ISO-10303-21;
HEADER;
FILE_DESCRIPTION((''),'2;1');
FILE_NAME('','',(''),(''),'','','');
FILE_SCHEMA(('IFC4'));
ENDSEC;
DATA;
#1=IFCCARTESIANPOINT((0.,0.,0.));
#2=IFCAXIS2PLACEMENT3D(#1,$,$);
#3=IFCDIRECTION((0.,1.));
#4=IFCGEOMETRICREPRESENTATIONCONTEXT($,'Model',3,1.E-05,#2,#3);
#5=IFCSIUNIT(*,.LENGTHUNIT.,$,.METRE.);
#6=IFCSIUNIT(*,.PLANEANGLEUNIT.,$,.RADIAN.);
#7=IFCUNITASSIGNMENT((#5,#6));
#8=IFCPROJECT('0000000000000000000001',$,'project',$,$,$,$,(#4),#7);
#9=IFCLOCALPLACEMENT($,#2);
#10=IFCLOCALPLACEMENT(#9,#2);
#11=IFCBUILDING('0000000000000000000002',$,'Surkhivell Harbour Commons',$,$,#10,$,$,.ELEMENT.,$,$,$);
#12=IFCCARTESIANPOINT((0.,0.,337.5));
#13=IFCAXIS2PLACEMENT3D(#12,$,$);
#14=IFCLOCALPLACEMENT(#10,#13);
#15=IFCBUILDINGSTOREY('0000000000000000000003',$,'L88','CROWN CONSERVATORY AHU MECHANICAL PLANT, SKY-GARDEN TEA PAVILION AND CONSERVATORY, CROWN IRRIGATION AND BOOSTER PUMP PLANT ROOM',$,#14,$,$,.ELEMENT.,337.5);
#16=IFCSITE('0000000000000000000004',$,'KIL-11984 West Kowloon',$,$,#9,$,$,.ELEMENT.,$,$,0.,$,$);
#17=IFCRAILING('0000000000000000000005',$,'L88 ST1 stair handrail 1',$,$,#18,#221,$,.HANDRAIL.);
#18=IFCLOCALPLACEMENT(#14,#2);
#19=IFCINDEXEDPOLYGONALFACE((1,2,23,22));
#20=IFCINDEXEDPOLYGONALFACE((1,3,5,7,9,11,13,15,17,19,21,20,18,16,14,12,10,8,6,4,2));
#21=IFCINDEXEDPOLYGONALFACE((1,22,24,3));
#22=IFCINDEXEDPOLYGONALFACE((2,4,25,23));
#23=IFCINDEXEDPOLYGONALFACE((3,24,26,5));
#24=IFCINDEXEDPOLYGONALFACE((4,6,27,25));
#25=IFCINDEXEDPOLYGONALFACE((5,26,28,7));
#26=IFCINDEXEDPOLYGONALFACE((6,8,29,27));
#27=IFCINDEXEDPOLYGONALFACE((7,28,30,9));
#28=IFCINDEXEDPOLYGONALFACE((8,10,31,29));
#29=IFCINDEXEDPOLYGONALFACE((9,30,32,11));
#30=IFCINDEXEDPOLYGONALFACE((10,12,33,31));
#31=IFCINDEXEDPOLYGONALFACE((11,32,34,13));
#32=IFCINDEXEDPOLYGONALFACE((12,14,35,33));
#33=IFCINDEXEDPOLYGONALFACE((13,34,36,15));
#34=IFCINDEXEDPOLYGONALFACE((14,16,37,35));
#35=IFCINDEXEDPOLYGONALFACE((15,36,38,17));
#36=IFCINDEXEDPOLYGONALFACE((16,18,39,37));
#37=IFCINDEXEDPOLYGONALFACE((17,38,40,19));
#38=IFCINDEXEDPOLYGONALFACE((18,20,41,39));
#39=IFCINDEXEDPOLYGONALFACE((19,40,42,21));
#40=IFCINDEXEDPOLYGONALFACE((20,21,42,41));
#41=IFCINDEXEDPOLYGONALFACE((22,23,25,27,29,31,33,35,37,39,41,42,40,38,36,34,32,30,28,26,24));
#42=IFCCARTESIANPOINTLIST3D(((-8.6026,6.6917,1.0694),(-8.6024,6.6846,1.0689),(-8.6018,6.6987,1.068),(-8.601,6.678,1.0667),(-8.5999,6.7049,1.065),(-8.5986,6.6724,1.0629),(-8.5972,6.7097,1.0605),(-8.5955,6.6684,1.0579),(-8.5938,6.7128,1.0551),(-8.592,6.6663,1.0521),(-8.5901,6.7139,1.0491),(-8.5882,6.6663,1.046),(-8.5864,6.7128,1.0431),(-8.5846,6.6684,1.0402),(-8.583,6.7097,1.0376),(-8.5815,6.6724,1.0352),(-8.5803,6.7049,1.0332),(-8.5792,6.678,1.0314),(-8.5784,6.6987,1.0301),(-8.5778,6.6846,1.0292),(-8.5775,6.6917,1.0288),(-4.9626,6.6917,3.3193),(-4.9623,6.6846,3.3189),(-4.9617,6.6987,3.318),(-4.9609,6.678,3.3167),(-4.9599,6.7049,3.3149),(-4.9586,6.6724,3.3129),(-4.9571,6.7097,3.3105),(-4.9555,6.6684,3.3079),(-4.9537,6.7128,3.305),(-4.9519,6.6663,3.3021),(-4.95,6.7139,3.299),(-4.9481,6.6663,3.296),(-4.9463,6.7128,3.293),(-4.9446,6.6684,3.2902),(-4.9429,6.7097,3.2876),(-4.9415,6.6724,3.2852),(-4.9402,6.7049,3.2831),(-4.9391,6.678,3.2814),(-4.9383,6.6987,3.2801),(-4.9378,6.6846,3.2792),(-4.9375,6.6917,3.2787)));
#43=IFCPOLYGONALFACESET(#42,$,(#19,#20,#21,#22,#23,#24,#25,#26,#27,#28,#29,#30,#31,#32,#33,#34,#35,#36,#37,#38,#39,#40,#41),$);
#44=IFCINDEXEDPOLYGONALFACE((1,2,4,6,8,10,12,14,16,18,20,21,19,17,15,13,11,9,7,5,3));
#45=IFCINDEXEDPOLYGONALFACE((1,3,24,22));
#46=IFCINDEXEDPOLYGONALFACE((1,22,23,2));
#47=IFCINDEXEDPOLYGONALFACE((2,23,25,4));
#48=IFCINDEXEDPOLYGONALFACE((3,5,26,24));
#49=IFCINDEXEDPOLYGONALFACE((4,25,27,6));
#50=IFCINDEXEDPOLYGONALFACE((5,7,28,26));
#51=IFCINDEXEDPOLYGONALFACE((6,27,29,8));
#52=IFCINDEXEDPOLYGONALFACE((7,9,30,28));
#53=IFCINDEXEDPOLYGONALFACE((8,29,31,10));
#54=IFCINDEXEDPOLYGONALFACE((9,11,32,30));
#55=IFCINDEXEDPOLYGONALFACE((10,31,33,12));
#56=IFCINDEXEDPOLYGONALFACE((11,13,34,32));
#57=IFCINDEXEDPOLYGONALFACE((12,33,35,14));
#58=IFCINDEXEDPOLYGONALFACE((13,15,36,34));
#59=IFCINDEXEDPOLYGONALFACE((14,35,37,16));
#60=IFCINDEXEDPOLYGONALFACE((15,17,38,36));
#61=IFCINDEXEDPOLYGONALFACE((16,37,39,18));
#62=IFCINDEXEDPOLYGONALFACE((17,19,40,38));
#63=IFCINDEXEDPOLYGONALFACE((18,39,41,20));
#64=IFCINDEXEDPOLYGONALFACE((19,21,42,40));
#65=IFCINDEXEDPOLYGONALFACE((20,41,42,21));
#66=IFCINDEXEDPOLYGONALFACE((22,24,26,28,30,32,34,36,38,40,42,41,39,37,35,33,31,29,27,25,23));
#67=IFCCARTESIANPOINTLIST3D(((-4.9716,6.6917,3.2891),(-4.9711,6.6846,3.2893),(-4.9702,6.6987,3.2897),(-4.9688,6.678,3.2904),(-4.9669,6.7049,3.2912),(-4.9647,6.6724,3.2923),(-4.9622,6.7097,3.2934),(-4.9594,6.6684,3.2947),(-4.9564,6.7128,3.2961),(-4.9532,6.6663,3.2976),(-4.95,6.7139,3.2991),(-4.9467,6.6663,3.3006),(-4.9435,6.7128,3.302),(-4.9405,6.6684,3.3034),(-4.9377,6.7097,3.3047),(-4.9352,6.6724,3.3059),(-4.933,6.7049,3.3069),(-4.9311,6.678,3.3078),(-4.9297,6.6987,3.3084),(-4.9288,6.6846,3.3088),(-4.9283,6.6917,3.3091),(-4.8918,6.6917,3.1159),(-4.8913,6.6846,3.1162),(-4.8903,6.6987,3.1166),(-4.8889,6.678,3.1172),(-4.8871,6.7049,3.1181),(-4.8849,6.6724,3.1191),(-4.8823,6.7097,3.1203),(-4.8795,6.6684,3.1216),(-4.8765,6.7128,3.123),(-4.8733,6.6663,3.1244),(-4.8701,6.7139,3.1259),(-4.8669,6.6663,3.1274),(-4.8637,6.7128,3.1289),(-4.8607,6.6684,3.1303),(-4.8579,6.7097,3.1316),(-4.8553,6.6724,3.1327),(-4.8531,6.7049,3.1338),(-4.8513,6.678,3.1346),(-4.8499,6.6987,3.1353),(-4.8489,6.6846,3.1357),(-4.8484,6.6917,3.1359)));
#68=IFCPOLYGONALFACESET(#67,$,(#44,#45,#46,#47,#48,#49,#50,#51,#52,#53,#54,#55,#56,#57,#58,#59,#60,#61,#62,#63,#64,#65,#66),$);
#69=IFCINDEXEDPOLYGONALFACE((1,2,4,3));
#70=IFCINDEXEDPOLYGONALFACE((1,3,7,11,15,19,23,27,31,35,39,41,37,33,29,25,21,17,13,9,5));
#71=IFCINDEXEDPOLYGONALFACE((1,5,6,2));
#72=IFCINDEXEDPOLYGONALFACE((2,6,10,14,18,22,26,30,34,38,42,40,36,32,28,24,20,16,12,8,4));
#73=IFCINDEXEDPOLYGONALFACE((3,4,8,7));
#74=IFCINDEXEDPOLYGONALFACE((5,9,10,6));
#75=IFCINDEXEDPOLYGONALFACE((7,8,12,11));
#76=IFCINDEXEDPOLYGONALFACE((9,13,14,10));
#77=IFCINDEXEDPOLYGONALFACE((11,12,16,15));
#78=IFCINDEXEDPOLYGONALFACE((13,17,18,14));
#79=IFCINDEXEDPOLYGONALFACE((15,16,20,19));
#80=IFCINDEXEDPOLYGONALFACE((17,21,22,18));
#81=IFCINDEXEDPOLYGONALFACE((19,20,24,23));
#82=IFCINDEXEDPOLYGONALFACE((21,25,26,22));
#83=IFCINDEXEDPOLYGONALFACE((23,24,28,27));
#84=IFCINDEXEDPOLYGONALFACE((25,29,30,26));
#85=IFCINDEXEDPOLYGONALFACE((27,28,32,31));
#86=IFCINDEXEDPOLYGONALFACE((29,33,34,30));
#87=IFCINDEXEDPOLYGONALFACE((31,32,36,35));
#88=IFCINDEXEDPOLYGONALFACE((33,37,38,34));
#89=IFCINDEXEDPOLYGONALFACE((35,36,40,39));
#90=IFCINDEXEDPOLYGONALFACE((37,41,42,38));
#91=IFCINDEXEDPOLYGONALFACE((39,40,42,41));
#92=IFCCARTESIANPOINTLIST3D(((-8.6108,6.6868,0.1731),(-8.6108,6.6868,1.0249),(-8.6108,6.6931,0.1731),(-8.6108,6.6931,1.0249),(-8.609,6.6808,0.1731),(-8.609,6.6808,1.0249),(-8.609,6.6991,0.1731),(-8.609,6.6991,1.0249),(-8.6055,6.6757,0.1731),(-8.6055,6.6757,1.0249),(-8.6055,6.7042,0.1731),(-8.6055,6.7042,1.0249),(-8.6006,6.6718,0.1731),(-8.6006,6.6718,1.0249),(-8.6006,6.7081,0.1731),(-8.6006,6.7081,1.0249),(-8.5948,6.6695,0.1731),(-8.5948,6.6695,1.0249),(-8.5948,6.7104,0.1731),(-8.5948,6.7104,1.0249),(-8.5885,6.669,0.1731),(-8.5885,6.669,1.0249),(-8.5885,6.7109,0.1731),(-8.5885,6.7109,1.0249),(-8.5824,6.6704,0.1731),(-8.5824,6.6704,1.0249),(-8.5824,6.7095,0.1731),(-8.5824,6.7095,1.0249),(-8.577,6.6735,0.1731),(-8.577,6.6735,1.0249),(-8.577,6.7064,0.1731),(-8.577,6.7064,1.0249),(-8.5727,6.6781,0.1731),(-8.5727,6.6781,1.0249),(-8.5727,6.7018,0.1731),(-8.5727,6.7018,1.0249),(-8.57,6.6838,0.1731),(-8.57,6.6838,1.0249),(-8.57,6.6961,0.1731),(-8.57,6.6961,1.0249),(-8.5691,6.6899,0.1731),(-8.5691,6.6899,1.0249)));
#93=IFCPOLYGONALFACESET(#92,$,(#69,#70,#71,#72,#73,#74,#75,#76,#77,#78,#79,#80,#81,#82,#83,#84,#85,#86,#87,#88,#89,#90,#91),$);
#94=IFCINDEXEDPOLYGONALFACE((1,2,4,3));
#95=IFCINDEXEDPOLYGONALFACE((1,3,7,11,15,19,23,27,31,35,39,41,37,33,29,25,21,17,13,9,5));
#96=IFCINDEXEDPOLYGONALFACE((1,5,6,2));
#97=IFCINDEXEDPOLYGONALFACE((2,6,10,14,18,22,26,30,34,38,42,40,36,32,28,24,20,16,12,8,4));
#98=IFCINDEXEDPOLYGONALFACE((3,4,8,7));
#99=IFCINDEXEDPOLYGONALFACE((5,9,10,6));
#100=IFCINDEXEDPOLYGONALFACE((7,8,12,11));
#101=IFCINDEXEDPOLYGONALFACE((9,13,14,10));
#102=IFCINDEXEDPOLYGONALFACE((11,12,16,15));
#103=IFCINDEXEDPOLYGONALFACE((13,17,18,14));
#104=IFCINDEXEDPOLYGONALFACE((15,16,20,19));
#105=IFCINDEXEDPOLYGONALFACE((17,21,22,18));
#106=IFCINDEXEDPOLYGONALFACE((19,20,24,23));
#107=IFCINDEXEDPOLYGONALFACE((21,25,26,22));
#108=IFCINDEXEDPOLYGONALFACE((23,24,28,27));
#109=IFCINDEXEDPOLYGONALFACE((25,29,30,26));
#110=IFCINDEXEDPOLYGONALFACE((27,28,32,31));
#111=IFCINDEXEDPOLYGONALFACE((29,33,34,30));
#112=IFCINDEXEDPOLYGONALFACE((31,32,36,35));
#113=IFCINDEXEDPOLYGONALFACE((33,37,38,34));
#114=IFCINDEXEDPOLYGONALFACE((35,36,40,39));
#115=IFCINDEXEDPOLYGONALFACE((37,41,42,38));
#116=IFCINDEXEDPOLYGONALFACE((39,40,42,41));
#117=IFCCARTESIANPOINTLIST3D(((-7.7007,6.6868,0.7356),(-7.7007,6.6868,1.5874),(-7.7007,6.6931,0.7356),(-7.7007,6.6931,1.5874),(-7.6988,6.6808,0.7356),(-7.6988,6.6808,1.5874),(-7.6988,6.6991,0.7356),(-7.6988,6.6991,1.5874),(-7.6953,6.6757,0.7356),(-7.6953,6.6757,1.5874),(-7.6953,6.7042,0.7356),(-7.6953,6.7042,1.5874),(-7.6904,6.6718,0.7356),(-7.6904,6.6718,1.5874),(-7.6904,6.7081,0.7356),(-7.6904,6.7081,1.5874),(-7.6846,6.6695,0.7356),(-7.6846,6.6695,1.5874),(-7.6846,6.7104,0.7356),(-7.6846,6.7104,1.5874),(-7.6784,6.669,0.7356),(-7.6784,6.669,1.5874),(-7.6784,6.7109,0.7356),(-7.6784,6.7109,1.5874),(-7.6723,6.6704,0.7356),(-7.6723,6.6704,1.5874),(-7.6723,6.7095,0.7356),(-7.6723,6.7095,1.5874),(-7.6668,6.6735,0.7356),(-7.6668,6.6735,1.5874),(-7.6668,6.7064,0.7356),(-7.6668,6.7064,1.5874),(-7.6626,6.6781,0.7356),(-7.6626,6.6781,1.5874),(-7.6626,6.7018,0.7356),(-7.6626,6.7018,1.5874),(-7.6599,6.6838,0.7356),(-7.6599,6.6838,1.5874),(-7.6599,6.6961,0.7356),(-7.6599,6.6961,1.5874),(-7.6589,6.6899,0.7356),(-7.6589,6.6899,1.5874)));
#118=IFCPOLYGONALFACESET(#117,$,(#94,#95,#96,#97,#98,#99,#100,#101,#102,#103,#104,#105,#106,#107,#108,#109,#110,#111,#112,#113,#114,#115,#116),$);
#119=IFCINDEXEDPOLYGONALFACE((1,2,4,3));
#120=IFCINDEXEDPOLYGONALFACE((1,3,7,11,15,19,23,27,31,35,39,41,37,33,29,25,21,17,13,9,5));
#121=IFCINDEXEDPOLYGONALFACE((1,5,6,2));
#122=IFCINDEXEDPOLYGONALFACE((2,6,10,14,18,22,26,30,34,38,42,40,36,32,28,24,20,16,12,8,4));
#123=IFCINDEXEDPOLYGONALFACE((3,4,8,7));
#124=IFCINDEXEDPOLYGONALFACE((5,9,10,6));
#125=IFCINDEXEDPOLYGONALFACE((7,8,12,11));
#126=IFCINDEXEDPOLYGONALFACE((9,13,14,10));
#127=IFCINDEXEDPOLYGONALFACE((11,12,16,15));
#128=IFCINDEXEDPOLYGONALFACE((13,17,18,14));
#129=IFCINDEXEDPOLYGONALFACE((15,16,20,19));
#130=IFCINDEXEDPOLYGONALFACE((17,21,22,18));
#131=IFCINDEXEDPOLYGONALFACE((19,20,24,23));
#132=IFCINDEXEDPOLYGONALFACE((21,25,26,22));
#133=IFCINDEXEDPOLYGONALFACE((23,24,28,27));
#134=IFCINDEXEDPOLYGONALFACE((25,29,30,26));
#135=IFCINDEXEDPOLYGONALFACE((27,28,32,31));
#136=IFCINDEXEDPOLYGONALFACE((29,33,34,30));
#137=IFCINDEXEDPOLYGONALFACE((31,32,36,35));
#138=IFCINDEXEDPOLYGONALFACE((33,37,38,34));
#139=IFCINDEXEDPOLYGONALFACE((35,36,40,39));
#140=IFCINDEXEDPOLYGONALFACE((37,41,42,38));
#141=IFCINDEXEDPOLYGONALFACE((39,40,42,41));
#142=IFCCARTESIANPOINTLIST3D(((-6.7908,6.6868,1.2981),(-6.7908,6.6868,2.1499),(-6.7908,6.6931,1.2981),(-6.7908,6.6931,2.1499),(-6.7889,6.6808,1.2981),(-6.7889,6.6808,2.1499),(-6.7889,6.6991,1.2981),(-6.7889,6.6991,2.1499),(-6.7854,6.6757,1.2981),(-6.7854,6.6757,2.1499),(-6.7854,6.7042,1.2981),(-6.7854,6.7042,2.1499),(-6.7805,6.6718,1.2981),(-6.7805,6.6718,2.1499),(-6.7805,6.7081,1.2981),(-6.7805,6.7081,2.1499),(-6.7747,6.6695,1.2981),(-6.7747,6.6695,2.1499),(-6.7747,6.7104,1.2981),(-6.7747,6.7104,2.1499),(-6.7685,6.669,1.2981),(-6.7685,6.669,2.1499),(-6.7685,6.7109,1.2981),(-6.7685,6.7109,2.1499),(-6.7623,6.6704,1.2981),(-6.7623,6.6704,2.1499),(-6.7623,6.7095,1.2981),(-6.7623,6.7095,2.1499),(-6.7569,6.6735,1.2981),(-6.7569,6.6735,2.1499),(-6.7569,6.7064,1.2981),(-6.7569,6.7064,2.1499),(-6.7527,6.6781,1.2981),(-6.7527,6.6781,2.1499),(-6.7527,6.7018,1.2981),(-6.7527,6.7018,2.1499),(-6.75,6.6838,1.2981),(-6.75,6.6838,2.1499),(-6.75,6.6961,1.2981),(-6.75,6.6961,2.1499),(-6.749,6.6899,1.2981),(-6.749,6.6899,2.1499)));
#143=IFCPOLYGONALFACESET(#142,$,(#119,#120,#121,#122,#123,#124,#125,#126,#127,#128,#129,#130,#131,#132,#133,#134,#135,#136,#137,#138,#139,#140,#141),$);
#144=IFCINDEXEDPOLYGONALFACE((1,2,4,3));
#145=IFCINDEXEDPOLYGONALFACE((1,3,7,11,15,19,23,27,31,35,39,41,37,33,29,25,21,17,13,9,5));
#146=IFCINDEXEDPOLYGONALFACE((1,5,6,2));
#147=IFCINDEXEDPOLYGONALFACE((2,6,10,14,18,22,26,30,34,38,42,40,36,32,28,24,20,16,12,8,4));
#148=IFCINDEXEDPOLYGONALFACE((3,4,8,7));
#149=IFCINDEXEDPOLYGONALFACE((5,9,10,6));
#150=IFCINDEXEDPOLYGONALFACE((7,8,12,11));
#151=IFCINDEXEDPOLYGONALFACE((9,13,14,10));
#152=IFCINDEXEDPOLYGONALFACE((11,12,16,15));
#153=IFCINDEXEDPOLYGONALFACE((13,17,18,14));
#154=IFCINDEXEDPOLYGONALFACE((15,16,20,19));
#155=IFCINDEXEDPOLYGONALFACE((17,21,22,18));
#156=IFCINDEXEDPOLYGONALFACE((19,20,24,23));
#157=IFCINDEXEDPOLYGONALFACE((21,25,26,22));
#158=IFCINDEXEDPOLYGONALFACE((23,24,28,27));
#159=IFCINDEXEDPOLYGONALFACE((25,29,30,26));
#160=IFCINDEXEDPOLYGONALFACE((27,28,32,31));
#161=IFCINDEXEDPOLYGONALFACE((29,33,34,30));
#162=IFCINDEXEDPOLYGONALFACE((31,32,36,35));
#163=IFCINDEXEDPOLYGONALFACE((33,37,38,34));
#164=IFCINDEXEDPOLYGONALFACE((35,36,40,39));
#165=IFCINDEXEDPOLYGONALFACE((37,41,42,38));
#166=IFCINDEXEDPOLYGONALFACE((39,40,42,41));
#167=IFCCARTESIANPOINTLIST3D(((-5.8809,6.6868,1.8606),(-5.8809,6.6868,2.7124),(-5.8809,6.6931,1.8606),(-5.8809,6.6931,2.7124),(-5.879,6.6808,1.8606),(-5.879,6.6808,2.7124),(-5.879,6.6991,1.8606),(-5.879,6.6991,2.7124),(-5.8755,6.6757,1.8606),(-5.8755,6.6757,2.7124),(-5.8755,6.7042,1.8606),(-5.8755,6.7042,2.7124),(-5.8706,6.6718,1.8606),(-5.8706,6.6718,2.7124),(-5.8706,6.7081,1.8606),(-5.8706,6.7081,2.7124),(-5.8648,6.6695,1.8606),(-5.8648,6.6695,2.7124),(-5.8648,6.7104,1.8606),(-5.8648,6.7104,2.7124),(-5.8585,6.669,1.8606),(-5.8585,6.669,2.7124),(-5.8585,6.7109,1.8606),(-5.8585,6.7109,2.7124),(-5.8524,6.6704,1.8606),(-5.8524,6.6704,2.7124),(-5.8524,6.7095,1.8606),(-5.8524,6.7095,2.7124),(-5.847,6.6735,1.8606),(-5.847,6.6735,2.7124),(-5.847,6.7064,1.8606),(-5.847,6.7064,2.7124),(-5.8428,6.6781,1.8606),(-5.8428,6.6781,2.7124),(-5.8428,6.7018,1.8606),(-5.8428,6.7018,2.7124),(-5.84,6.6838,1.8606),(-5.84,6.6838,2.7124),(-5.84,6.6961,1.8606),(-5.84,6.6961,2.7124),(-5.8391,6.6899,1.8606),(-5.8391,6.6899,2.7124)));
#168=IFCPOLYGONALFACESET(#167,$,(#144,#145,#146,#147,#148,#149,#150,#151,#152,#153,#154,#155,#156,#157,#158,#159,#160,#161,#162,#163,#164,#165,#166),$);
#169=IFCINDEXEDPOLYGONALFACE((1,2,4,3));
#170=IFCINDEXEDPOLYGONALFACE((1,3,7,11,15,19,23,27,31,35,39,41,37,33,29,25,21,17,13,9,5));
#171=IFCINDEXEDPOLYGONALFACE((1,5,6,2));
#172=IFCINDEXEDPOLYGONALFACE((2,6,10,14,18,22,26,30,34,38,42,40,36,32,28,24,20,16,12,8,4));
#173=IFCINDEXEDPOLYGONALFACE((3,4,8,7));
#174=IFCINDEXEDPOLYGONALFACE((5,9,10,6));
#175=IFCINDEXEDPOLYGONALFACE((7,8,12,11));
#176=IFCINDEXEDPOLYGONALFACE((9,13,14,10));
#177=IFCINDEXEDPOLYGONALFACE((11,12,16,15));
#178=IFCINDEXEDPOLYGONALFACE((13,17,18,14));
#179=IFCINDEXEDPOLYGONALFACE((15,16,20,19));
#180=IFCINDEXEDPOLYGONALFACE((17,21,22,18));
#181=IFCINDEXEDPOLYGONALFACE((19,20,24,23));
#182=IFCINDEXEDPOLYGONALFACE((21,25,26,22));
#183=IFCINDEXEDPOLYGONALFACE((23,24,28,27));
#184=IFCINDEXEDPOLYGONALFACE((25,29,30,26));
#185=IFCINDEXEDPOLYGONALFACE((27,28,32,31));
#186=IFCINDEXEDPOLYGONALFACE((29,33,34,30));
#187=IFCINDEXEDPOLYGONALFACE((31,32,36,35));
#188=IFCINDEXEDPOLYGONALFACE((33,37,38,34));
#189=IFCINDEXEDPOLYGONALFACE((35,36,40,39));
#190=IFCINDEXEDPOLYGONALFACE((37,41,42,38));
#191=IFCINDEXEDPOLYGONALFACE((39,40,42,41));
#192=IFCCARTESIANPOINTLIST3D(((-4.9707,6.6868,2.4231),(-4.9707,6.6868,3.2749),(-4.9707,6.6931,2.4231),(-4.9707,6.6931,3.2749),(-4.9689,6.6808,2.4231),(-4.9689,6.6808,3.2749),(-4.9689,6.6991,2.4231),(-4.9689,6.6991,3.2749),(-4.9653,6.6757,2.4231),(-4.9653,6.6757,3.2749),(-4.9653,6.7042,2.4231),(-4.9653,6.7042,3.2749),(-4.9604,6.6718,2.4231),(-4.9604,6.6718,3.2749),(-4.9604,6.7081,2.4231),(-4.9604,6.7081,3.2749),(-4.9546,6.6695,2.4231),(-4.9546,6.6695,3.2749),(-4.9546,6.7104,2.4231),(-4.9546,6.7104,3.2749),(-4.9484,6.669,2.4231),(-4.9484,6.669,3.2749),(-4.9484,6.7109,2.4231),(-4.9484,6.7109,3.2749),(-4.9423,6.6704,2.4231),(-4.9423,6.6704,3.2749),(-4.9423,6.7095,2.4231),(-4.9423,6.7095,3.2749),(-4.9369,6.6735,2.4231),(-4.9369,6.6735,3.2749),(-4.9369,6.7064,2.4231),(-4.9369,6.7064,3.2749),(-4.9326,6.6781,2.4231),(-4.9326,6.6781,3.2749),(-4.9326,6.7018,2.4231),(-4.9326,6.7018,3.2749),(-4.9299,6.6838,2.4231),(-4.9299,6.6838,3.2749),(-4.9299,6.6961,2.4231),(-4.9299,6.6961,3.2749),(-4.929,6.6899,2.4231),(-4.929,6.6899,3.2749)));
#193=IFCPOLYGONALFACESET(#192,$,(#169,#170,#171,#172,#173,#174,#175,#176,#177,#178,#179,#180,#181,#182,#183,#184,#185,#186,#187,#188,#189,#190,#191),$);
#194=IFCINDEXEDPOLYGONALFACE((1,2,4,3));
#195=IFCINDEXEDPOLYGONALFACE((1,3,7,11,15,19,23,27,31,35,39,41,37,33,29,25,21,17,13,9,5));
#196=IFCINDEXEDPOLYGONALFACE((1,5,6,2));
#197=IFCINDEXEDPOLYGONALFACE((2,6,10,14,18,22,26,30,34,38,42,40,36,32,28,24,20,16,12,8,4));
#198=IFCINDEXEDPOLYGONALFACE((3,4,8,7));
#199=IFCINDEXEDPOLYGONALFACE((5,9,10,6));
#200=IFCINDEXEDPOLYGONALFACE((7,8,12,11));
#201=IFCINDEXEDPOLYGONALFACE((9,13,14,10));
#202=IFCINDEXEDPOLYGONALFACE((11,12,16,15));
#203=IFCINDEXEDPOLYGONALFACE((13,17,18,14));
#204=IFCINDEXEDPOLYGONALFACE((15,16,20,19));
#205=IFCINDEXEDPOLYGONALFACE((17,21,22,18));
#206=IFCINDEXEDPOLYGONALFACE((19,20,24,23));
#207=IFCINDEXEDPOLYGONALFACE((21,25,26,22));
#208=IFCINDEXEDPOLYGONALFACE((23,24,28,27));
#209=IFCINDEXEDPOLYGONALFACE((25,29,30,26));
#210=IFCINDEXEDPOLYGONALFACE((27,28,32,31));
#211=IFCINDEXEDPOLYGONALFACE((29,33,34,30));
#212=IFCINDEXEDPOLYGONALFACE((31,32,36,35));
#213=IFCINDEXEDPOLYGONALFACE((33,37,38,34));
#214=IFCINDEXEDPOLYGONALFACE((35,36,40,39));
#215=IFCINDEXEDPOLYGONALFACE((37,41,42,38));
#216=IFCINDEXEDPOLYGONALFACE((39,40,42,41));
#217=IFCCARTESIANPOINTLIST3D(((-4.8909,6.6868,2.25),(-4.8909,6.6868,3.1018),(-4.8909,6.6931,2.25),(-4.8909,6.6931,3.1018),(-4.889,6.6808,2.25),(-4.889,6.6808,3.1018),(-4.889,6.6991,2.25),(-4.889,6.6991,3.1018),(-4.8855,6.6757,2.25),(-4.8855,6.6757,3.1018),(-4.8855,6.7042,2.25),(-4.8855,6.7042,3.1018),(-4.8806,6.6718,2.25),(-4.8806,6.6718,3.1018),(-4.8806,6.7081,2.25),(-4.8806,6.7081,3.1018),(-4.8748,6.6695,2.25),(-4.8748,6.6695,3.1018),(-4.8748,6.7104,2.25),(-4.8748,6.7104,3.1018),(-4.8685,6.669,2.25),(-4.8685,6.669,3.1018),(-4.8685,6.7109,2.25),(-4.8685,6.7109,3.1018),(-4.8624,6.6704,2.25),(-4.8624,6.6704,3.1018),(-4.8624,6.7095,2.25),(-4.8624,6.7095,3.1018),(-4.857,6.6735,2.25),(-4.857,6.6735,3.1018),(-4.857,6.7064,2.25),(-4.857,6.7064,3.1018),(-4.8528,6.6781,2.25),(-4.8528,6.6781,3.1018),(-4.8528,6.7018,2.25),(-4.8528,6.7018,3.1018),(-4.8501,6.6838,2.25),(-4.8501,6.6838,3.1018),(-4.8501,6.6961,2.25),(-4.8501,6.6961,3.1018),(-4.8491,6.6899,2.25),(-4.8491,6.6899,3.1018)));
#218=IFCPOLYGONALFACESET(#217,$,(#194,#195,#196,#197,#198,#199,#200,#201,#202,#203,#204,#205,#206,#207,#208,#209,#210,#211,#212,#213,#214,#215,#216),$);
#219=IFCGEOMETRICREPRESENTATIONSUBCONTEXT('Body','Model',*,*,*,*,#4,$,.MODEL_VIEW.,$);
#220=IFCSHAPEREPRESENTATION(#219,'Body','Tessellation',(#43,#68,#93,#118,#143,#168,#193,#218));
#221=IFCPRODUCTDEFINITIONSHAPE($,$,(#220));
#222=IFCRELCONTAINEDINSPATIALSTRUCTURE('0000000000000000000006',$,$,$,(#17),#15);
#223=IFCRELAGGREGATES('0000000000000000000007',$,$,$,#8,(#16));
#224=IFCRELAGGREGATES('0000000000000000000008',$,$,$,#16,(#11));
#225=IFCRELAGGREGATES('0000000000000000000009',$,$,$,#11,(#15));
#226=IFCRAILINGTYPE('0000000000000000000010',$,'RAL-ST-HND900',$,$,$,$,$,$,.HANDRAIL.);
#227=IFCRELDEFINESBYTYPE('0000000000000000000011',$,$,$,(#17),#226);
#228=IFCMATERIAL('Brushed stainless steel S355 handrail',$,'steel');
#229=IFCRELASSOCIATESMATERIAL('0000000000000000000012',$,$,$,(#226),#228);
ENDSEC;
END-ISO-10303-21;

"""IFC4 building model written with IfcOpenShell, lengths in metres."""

from ifc_helpers import new_model, si_unit, direction, frame, origin, origin_2d, place, context, subcontext, project, spatial, circle, extrude, material, type_object, element, save


model = new_model("IFC4")

# Units and contexts
model_context = context("Model", 3, precision=1e-05, world=origin(), true_north=direction((0.0, 1.0)))
body_context = subcontext(model_context, "Body", "Model", "MODEL_VIEW")
ifc_project = project(units=[si_unit("LENGTHUNIT", "METRE"), si_unit("PLANEANGLEUNIT", "RADIAN")], contexts=[model_context])

# Site, building, storey
site_placement = place(None, origin())
site = spatial("IfcSite", under=ifc_project, at=site_placement, Name="KIL-11984 West Kowloon", CompositionType="ELEMENT", RefElevation=0.0)
building_placement = place(site_placement, origin())
building = spatial("IfcBuilding", under=site, at=building_placement, Name="Surkhivell Harbour Commons", CompositionType="ELEMENT")
storey_placement = place(building_placement, frame((0.0, 0.0, 337.5)))
storey = spatial("IfcBuildingStorey", under=building, at=storey_placement, Name="L88", Description="CROWN CONSERVATORY AHU MECHANICAL PLANT, SKY-GARDEN TEA PAVILION AND CONSERVATORY, CROWN IRRIGATION AND BOOSTER PUMP PLANT ROOM", CompositionType="ELEMENT", Elevation=337.5)

# Railing
ifc_material_1 = material(Name="Brushed stainless steel S355 handrail", Category="steel")
railing_type_1 = type_object("IfcRailingType", Name="RAL-ST-HND900", PredefinedType="HANDRAIL", material=ifc_material_1)
railing_1_placement = place(storey_placement, frame((-8.5901, 6.6899, 0.1731)))
element("IfcRailing", 1, at=railing_1_placement, inside=storey, type_object=railing_type_1, Name="L88 ST1 stair handrail 1", PredefinedType="HANDRAIL", context=body_context, shape_type="SweptSolid", body=[
    extrude(circle(Radius=0.0239, at=origin_2d()), frame((0.0, 0.0, 0.876), z_axis=(0.850622, 0.0, 0.525777), x_axis=(0.0, 1.0, 0.0)), (0.0, 0.0, 1.0), 4.2793),
    extrude(circle(Radius=0.0239, at=origin_2d()), frame((3.6401, 0.0, 3.126), z_axis=(0.418815, 0.0, -0.908072), x_axis=(0.0, 1.0, 0.0)), (0.0, 0.0, 1.0), 0.1907),
    extrude(circle(Radius=0.021, at=origin_2d()), origin(), (0.0, 0.0, 1.0), 0.8518),
    extrude(circle(Radius=0.021, at=origin_2d()), frame((0.9102, 0.0, 0.5625)), (0.0, 0.0, 1.0), 0.8518),
    extrude(circle(Radius=0.021, at=origin_2d()), frame((1.8201, 0.0, 1.125)), (0.0, 0.0, 1.0), 0.8518),
    extrude(circle(Radius=0.021, at=origin_2d()), frame((2.73, 0.0, 1.6875)), (0.0, 0.0, 1.0), 0.8518),
    extrude(circle(Radius=0.021, at=origin_2d()), frame((3.6401, 0.0, 2.25)), (0.0, 0.0, 1.0), 0.8518),
    extrude(circle(Radius=0.021, at=origin_2d()), frame((3.72, 0.0, 2.0769)), (0.0, 0.0, 1.0), 0.8518),
])

save(model, "model.ifc")
